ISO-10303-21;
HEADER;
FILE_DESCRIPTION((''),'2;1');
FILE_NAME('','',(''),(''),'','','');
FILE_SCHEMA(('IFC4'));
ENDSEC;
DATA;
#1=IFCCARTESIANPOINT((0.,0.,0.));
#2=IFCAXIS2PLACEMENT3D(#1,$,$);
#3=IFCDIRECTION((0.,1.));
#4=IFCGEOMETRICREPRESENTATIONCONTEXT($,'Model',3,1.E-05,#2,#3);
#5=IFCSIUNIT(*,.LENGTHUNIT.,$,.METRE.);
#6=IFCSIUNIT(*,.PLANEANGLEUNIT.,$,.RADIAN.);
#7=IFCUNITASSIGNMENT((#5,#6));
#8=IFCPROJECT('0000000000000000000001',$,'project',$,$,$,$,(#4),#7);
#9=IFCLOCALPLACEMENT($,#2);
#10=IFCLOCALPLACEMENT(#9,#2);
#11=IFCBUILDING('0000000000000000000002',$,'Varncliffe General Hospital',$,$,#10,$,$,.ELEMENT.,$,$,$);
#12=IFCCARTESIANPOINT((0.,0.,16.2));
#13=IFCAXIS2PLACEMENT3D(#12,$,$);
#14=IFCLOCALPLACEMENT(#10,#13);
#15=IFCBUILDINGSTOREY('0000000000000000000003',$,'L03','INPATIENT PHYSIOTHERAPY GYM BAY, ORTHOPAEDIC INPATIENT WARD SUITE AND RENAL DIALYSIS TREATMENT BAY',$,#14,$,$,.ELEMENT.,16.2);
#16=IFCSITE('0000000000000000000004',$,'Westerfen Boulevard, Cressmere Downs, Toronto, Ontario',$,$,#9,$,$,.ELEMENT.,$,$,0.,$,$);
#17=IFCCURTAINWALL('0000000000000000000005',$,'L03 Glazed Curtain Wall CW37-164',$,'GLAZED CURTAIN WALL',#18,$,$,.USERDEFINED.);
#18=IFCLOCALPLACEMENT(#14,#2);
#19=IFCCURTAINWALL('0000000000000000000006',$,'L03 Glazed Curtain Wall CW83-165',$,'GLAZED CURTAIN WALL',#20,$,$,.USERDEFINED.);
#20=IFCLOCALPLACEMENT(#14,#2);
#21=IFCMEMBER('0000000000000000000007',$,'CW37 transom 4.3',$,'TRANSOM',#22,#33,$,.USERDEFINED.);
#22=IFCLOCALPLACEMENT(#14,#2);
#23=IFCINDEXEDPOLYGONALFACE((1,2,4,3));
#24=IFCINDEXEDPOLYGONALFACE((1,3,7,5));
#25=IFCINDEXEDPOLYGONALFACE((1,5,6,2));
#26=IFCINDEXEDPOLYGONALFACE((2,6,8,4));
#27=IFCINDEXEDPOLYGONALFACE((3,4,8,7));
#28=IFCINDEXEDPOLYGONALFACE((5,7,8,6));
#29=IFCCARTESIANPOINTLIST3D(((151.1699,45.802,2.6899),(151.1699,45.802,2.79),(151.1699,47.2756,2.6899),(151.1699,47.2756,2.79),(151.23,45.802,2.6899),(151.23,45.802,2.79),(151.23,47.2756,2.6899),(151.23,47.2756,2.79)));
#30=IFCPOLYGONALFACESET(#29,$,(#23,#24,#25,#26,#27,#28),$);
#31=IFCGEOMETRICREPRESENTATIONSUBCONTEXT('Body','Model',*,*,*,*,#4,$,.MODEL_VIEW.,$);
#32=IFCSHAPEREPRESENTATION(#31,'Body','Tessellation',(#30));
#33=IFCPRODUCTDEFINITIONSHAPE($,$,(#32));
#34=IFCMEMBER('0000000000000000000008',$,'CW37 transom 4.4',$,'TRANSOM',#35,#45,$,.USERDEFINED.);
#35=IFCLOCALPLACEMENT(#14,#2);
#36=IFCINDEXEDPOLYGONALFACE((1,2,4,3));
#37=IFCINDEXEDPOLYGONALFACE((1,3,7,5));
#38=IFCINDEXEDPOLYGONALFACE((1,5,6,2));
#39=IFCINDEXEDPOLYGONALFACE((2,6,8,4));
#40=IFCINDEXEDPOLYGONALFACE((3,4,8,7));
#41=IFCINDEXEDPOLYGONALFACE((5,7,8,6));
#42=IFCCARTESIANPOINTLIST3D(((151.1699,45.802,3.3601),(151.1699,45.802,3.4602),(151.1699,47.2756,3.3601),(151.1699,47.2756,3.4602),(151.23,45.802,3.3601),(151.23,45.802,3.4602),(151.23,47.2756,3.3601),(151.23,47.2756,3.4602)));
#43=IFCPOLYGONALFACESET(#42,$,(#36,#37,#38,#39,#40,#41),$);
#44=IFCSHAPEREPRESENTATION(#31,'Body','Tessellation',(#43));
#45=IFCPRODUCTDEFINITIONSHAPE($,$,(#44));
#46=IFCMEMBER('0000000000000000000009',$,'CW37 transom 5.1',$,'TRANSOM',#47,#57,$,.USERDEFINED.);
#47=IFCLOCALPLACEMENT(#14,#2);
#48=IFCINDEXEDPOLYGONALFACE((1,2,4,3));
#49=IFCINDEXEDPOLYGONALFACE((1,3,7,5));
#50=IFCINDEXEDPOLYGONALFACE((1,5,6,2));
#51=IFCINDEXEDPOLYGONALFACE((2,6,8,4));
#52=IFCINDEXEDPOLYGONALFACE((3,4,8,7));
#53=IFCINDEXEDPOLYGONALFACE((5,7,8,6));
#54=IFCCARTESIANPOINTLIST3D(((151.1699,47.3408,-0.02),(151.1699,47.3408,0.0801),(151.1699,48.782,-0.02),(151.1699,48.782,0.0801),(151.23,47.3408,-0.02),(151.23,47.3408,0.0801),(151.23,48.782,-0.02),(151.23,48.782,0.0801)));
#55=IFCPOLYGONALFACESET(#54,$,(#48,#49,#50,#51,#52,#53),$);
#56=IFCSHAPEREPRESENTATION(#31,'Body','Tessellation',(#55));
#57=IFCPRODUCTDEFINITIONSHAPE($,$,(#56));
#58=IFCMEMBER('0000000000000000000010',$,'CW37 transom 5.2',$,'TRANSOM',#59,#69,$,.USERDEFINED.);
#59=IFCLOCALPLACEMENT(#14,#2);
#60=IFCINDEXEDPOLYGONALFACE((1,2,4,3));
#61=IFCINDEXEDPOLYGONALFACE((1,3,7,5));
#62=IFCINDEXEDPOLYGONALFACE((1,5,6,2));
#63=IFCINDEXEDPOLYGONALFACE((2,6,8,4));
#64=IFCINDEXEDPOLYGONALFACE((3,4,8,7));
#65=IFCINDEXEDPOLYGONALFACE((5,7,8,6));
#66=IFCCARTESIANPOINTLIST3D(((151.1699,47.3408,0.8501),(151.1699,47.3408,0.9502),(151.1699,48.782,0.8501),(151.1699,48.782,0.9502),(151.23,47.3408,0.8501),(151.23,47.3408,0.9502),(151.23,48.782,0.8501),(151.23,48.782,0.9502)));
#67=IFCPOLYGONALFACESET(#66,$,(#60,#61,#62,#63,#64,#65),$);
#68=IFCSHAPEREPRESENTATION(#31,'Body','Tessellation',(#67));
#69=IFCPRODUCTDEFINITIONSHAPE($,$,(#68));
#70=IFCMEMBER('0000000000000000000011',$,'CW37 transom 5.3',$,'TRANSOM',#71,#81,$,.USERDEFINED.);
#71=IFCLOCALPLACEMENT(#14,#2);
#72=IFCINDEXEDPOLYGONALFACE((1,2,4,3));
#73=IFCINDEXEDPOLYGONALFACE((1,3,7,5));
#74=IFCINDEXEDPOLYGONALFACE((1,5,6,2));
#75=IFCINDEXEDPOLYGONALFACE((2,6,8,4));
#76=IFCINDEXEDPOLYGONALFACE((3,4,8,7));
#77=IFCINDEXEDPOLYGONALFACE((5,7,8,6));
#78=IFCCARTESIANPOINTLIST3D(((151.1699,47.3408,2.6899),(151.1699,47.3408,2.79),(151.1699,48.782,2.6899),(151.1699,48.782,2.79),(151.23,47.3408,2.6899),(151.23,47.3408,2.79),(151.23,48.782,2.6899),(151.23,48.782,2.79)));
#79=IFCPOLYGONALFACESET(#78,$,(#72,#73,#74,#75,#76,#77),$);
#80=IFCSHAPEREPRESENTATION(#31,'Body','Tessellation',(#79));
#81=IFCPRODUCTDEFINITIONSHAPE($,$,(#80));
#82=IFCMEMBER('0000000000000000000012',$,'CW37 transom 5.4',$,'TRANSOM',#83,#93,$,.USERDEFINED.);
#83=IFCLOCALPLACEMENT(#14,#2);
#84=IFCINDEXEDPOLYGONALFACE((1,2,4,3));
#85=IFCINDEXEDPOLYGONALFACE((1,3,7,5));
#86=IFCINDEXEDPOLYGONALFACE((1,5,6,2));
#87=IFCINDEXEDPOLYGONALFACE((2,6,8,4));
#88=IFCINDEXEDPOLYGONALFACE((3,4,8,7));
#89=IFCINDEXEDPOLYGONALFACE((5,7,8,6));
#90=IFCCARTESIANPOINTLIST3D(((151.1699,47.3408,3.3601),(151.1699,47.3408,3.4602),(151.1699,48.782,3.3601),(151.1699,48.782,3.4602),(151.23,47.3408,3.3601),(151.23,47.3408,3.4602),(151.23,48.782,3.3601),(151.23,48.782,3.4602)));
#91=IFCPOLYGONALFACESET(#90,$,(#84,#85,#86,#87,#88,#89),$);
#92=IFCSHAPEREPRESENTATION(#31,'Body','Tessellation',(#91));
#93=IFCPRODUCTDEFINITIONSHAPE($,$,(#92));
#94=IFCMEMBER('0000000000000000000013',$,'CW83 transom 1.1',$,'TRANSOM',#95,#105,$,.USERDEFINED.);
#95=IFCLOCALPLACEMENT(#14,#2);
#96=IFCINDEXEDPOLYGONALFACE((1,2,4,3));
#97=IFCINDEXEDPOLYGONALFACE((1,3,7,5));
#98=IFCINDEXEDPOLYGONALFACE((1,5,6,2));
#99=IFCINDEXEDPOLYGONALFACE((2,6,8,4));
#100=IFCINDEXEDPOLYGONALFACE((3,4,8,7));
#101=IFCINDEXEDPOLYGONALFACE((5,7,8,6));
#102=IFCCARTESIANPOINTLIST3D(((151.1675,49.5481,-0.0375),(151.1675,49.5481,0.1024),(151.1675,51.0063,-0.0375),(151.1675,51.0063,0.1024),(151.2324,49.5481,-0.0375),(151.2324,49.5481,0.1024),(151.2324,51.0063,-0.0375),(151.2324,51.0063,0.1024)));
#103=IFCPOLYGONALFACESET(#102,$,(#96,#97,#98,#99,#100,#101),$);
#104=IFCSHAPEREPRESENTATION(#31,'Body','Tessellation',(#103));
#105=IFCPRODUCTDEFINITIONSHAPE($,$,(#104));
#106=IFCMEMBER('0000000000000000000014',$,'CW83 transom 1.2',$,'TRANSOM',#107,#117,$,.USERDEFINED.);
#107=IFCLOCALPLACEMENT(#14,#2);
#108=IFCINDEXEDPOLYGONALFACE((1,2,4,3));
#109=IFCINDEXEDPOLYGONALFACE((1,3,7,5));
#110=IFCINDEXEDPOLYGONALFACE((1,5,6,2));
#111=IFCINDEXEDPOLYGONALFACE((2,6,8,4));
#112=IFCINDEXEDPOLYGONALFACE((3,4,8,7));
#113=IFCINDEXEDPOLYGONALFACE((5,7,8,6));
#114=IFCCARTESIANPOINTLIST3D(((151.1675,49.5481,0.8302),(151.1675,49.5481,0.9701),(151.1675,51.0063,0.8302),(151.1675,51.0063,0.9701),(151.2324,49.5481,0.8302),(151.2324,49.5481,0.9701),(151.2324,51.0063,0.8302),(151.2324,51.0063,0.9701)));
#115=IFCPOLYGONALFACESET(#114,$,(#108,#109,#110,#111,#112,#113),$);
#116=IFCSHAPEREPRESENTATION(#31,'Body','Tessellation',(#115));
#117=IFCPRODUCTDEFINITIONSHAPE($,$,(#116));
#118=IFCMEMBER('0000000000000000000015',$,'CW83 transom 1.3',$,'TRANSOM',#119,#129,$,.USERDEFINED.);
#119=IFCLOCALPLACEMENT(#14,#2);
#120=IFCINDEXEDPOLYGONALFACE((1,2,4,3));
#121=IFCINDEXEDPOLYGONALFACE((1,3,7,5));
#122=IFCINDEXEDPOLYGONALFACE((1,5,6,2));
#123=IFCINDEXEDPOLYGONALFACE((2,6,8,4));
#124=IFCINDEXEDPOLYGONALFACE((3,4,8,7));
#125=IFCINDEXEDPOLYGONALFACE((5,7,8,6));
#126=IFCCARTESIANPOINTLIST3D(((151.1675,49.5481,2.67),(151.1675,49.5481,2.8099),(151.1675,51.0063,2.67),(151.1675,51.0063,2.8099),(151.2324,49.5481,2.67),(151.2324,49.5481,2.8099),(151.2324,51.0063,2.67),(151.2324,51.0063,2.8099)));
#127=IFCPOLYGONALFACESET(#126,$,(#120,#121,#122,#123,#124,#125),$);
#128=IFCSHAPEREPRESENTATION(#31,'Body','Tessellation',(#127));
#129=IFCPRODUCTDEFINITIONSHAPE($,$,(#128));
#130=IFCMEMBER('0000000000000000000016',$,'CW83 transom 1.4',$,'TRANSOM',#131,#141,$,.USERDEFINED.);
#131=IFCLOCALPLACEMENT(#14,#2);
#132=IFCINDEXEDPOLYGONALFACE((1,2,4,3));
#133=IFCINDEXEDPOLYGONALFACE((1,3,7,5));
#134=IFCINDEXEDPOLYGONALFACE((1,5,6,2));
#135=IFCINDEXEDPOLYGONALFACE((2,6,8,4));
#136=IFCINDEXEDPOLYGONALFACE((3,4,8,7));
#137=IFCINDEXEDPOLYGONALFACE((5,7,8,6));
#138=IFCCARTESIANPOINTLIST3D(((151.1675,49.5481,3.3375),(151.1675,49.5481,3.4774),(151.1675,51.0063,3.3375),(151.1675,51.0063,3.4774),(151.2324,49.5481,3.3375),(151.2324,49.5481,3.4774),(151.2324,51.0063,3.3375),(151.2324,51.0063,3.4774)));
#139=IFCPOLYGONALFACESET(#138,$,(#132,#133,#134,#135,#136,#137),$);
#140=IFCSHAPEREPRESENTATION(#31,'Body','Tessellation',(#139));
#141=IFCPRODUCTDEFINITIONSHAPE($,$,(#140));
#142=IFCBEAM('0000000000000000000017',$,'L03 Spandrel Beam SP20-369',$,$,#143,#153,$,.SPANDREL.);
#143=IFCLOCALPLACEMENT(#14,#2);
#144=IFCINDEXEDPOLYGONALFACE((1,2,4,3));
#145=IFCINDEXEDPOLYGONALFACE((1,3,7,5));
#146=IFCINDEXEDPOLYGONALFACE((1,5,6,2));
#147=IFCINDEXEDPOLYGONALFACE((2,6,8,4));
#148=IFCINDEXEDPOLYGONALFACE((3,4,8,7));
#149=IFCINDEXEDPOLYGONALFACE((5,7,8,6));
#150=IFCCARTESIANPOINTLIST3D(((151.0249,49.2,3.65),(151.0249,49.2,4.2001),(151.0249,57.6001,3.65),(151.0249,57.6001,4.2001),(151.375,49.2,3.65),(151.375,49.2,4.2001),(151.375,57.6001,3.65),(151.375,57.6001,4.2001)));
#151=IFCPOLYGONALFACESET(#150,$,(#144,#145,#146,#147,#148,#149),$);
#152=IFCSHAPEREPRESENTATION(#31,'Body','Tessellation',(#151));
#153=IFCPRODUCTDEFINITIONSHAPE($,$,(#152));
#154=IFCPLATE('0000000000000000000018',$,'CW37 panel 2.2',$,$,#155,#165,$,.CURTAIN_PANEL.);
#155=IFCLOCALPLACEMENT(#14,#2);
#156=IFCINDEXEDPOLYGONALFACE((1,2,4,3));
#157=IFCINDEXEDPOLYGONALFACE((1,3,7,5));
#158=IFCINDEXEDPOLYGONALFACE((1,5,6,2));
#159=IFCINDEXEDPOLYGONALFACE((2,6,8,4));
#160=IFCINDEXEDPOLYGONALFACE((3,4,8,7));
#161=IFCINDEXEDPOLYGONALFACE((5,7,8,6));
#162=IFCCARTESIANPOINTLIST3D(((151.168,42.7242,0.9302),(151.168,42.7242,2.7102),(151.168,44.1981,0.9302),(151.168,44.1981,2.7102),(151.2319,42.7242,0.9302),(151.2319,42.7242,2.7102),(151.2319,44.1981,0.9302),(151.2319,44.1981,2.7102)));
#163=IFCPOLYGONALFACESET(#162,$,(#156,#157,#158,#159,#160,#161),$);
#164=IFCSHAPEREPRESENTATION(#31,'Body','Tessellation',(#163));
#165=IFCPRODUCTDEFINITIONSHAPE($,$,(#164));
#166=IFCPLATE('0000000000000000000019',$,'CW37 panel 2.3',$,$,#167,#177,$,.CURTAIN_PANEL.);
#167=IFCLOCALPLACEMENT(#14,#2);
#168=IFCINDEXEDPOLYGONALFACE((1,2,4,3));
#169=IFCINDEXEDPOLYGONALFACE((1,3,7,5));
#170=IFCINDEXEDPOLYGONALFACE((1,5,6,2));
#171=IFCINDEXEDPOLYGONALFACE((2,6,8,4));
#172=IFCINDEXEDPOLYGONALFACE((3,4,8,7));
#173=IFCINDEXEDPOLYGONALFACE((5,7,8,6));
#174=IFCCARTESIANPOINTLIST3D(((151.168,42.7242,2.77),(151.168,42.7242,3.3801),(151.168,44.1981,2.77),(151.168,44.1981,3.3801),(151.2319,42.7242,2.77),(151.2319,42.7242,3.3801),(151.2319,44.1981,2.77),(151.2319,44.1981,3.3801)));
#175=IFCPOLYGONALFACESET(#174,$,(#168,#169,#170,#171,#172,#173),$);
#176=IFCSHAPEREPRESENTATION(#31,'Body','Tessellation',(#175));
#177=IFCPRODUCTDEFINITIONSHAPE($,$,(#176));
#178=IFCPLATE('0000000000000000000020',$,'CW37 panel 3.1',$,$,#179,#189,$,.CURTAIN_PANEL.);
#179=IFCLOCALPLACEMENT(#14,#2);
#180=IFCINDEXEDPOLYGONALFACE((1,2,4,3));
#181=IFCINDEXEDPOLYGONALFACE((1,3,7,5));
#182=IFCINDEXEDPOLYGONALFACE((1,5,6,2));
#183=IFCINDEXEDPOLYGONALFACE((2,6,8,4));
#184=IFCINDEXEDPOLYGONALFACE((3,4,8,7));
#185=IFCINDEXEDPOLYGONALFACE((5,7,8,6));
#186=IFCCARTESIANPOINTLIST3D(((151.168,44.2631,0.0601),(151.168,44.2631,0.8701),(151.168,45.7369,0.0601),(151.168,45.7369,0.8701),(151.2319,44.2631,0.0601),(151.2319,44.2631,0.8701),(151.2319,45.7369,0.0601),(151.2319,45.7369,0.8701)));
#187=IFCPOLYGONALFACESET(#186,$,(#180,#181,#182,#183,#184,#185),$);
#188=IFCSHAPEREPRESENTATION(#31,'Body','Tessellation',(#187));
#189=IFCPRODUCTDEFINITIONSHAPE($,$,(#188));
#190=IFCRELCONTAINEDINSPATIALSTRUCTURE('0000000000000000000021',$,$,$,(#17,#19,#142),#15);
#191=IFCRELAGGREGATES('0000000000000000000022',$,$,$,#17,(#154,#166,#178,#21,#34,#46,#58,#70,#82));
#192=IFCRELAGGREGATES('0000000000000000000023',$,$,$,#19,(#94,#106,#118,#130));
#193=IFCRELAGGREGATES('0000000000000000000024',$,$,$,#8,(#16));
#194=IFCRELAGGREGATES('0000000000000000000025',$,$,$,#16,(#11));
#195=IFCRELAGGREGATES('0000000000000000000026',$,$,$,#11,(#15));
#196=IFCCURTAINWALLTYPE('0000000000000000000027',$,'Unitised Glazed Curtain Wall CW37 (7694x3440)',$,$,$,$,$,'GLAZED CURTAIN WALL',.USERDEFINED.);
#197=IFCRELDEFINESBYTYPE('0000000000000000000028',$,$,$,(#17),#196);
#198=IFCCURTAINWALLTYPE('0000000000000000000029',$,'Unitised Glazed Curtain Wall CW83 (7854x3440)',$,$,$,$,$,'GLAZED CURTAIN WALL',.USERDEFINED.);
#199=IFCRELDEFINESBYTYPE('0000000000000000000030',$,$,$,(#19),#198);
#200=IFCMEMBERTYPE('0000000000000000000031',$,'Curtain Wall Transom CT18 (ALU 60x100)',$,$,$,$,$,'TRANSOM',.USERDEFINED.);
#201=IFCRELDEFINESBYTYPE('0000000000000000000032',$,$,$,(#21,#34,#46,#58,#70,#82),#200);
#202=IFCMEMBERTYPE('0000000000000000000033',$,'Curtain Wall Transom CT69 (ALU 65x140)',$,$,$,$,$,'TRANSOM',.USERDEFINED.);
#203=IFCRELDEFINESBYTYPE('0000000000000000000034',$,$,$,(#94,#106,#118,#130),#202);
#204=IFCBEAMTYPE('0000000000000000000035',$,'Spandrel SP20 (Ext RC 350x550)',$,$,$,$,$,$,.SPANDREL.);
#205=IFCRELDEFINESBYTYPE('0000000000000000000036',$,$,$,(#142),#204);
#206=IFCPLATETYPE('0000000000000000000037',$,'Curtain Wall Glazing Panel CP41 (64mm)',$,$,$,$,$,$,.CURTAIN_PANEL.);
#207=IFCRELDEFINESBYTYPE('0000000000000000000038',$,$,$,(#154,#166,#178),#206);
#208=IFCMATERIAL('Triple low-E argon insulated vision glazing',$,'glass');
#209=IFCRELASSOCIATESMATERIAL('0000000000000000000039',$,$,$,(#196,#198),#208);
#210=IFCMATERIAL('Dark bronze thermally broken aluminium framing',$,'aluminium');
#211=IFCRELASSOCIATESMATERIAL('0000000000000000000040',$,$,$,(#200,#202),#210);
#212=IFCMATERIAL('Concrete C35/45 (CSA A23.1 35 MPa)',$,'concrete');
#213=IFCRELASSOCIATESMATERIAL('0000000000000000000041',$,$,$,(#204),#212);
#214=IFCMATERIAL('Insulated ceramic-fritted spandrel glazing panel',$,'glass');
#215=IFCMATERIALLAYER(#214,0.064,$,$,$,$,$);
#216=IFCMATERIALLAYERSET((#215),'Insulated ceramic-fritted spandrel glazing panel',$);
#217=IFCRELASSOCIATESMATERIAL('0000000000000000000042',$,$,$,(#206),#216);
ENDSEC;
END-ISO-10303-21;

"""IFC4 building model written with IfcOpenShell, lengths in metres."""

from ifc_helpers import new_model, si_unit, direction, frame, origin, origin_2d, place, context, subcontext, project, spatial, rectangle, extrude, material, layer, layer_set, material_profile, profile_set, type_object, element, aggregate, save


model = new_model("IFC4")

# Units and contexts
model_context = context("Model", 3, precision=1e-05, world=origin(), true_north=direction((0.0, 1.0)))
body_context = subcontext(model_context, "Body", "Model", "MODEL_VIEW")
ifc_project = project(units=[si_unit("LENGTHUNIT", "METRE"), si_unit("PLANEANGLEUNIT", "RADIAN")], contexts=[model_context])

# Site, building, storey
site_placement = place(None, origin())
site = spatial("IfcSite", under=ifc_project, at=site_placement, Name="Westerfen Boulevard, Cressmere Downs, Toronto, Ontario", CompositionType="ELEMENT", RefElevation=0.0)
building_placement = place(site_placement, origin())
building = spatial("IfcBuilding", under=site, at=building_placement, Name="Varncliffe General Hospital", CompositionType="ELEMENT")
storey_placement = place(building_placement, frame((0.0, 0.0, 16.2)))
storey = spatial("IfcBuildingStorey", under=building, at=storey_placement, Name="L03", Description="INPATIENT PHYSIOTHERAPY GYM BAY, ORTHOPAEDIC INPATIENT WARD SUITE AND RENAL DIALYSIS TREATMENT BAY", CompositionType="ELEMENT", Elevation=16.2)

# Shared definitions
ifc_material_1 = material(Name="Concrete C35/45 (CSA A23.1 35 MPa)", Category="concrete")

# Curtain walls
ifc_material_2 = material(Name="Triple low-E argon insulated vision glazing", Category="glass")
curtain_wall_type_1 = type_object("IfcCurtainWallType", Name="Unitised Glazed Curtain Wall CW37 (7694x3440)", ElementType="GLAZED CURTAIN WALL", PredefinedType="USERDEFINED", material=ifc_material_2)
curtain_wall_1_placement = place(storey_placement, origin())
curtain_wall_1 = element("IfcCurtainWall", 1, at=curtain_wall_1_placement, inside=storey, type_object=curtain_wall_type_1, Name="L03 Glazed Curtain Wall CW37-164", ObjectType="GLAZED CURTAIN WALL", PredefinedType="USERDEFINED")
ifc_material_3 = material(Name="Dark bronze thermally broken aluminium framing", Category="aluminium")
curtain_wall_type_2 = type_object("IfcCurtainWallType", Name="Unitised Glazed Curtain Wall CW83 (7854x3440)", ElementType="GLAZED CURTAIN WALL", PredefinedType="USERDEFINED", material=ifc_material_2)
curtain_wall_2_placement = place(storey_placement, origin())
curtain_wall_2 = element("IfcCurtainWall", 2, at=curtain_wall_2_placement, inside=storey, type_object=curtain_wall_type_2, Name="L03 Glazed Curtain Wall CW83-165", ObjectType="GLAZED CURTAIN WALL", PredefinedType="USERDEFINED")

# Members
ifc_material_profile_1 = material_profile(ifc_material_3, rectangle(XDim=0.0601, YDim=0.1001, at=origin_2d()), Name="ALU 60x100")
ifc_profile_set_1 = profile_set([ifc_material_profile_1], Name="Dark bronze thermally broken aluminium framing")
member_type_1 = type_object("IfcMemberType", Name="Curtain Wall Transom CT18 (ALU 60x100)", ElementType="TRANSOM", PredefinedType="USERDEFINED", material=ifc_profile_set_1)
member_1_placement = place(storey_placement, frame((151.2, 45.802, 2.74), z_axis=(0.0, 1.0, 0.0), x_axis=(-1.0, 0.0, 0.0)))
member_1 = element("IfcMember", 3, at=member_1_placement, type_object=member_type_1, Name="CW37 transom 4.3", ObjectType="TRANSOM", PredefinedType="USERDEFINED", context=body_context, shape_type="SweptSolid", body=[
    extrude(rectangle(XDim=0.0601, YDim=0.1001, at=origin_2d()), origin(), (0.0, 0.0, 1.0), 1.4736),
])
member_2_placement = place(storey_placement, frame((151.2, 45.802, 3.4102), z_axis=(0.0, 1.0, 0.0), x_axis=(-1.0, 0.0, 0.0)))
member_2 = element("IfcMember", 4, at=member_2_placement, type_object=member_type_1, Name="CW37 transom 4.4", ObjectType="TRANSOM", PredefinedType="USERDEFINED", context=body_context, shape_type="SweptSolid", body=[
    extrude(rectangle(XDim=0.0601, YDim=0.1001, at=origin_2d()), origin(), (0.0, 0.0, 1.0), 1.4736),
])
member_3_placement = place(storey_placement, frame((151.2, 47.3408, 0.03), z_axis=(0.0, 1.0, 0.0), x_axis=(-1.0, 0.0, 0.0)))
member_3 = element("IfcMember", 5, at=member_3_placement, type_object=member_type_1, Name="CW37 transom 5.1", ObjectType="TRANSOM", PredefinedType="USERDEFINED", context=body_context, shape_type="SweptSolid", body=[
    extrude(rectangle(XDim=0.0601, YDim=0.1001, at=origin_2d()), origin(), (0.0, 0.0, 1.0), 1.4412),
])
member_4_placement = place(storey_placement, frame((151.2, 47.3408, 0.9001), z_axis=(0.0, 1.0, 0.0), x_axis=(-1.0, 0.0, 0.0)))
member_4 = element("IfcMember", 6, at=member_4_placement, type_object=member_type_1, Name="CW37 transom 5.2", ObjectType="TRANSOM", PredefinedType="USERDEFINED", context=body_context, shape_type="SweptSolid", body=[
    extrude(rectangle(XDim=0.0601, YDim=0.1001, at=origin_2d()), origin(), (0.0, 0.0, 1.0), 1.4412),
])
member_5_placement = place(storey_placement, frame((151.2, 47.3408, 2.74), z_axis=(0.0, 1.0, 0.0), x_axis=(-1.0, 0.0, 0.0)))
member_5 = element("IfcMember", 7, at=member_5_placement, type_object=member_type_1, Name="CW37 transom 5.3", ObjectType="TRANSOM", PredefinedType="USERDEFINED", context=body_context, shape_type="SweptSolid", body=[
    extrude(rectangle(XDim=0.0601, YDim=0.1001, at=origin_2d()), origin(), (0.0, 0.0, 1.0), 1.4412),
])
member_6_placement = place(storey_placement, frame((151.2, 47.3408, 3.4102), z_axis=(0.0, 1.0, 0.0), x_axis=(-1.0, 0.0, 0.0)))
member_6 = element("IfcMember", 8, at=member_6_placement, type_object=member_type_1, Name="CW37 transom 5.4", ObjectType="TRANSOM", PredefinedType="USERDEFINED", context=body_context, shape_type="SweptSolid", body=[
    extrude(rectangle(XDim=0.0601, YDim=0.1001, at=origin_2d()), origin(), (0.0, 0.0, 1.0), 1.4412),
])
ifc_material_profile_2 = material_profile(ifc_material_3, rectangle(XDim=0.0649, YDim=0.1399, at=origin_2d()), Name="ALU 65x140")
ifc_profile_set_2 = profile_set([ifc_material_profile_2], Name="Dark bronze thermally broken aluminium framing")
member_type_2 = type_object("IfcMemberType", Name="Curtain Wall Transom CT69 (ALU 65x140)", ElementType="TRANSOM", PredefinedType="USERDEFINED", material=ifc_profile_set_2)
member_7_placement = place(storey_placement, frame((151.2, 49.5481, 0.0325), z_axis=(0.0, 1.0, 0.0), x_axis=(-1.0, 0.0, 0.0)))
member_7 = element("IfcMember", 9, at=member_7_placement, type_object=member_type_2, Name="CW83 transom 1.1", ObjectType="TRANSOM", PredefinedType="USERDEFINED", context=body_context, shape_type="SweptSolid", body=[
    extrude(rectangle(XDim=0.0649, YDim=0.1399, at=origin_2d()), origin(), (0.0, 0.0, 1.0), 1.4583),
])
member_8_placement = place(storey_placement, frame((151.2, 49.5481, 0.9001), z_axis=(0.0, 1.0, 0.0), x_axis=(-1.0, 0.0, 0.0)))
member_8 = element("IfcMember", 10, at=member_8_placement, type_object=member_type_2, Name="CW83 transom 1.2", ObjectType="TRANSOM", PredefinedType="USERDEFINED", context=body_context, shape_type="SweptSolid", body=[
    extrude(rectangle(XDim=0.0649, YDim=0.1399, at=origin_2d()), origin(), (0.0, 0.0, 1.0), 1.4583),
])
member_9_placement = place(storey_placement, frame((151.2, 49.5481, 2.74), z_axis=(0.0, 1.0, 0.0), x_axis=(-1.0, 0.0, 0.0)))
member_9 = element("IfcMember", 11, at=member_9_placement, type_object=member_type_2, Name="CW83 transom 1.3", ObjectType="TRANSOM", PredefinedType="USERDEFINED", context=body_context, shape_type="SweptSolid", body=[
    extrude(rectangle(XDim=0.0649, YDim=0.1399, at=origin_2d()), origin(), (0.0, 0.0, 1.0), 1.4583),
])
member_10_placement = place(storey_placement, frame((151.2, 49.5481, 3.4075), z_axis=(0.0, 1.0, 0.0), x_axis=(-1.0, 0.0, 0.0)))
member_10 = element("IfcMember", 12, at=member_10_placement, type_object=member_type_2, Name="CW83 transom 1.4", ObjectType="TRANSOM", PredefinedType="USERDEFINED", context=body_context, shape_type="SweptSolid", body=[
    extrude(rectangle(XDim=0.0649, YDim=0.1399, at=origin_2d()), origin(), (0.0, 0.0, 1.0), 1.4583),
])

# Beam
ifc_material_profile_3 = material_profile(ifc_material_1, rectangle(XDim=0.3501, YDim=0.55, at=origin_2d()), Name="RC 350x550")
ifc_profile_set_3 = profile_set([ifc_material_profile_3], Name="Concrete C35/45 (CSA A23.1 35 MPa)")
beam_type_1 = type_object("IfcBeamType", Name="Spandrel SP20 (Ext RC 350x550)", PredefinedType="SPANDREL", material=ifc_profile_set_3)
beam_1_placement = place(storey_placement, frame((151.2, 49.2, 3.925), z_axis=(0.0, 1.0, 0.0), x_axis=(-1.0, 0.0, 0.0)))
element("IfcBeam", 13, at=beam_1_placement, inside=storey, type_object=beam_type_1, Name="L03 Spandrel Beam SP20-369", PredefinedType="SPANDREL", context=body_context, shape_type="SweptSolid", body=[
    extrude(rectangle(XDim=0.3501, YDim=0.55, at=origin_2d()), origin(), (0.0, 0.0, 1.0), 8.4001),
])

# Plates
ifc_material_4 = material(Name="Insulated ceramic-fritted spandrel glazing panel", Category="glass")
ifc_layer_1 = layer(ifc_material_4, 0.064)
ifc_layer_set_1 = layer_set([ifc_layer_1], Name="Insulated ceramic-fritted spandrel glazing panel")
plate_type_1 = type_object("IfcPlateType", Name="Curtain Wall Glazing Panel CP41 (64mm)", PredefinedType="CURTAIN_PANEL", material=ifc_layer_set_1)
plate_1_placement = place(storey_placement, frame((151.2, 43.4612, 0.9302), z_axis=(0.0, 0.0, 1.0), x_axis=(0.0, 1.0, 0.0)))
plate_1 = element("IfcPlate", 14, at=plate_1_placement, type_object=plate_type_1, Name="CW37 panel 2.2", PredefinedType="CURTAIN_PANEL", context=body_context, shape_type="SweptSolid", body=[
    extrude(rectangle(XDim=1.4739, YDim=0.064, at=origin_2d()), origin(), (0.0, 0.0, 1.0), 1.78),
])
plate_2_placement = place(storey_placement, frame((151.2, 43.4612, 2.77), z_axis=(0.0, 0.0, 1.0), x_axis=(0.0, 1.0, 0.0)))
plate_2 = element("IfcPlate", 15, at=plate_2_placement, type_object=plate_type_1, Name="CW37 panel 2.3", PredefinedType="CURTAIN_PANEL", context=body_context, shape_type="SweptSolid", body=[
    extrude(rectangle(XDim=1.4739, YDim=0.064, at=origin_2d()), origin(), (0.0, 0.0, 1.0), 0.6101),
])
plate_3_placement = place(storey_placement, frame((151.2, 45.0, 0.0601), z_axis=(0.0, 0.0, 1.0), x_axis=(0.0, 1.0, 0.0)))
plate_3 = element("IfcPlate", 16, at=plate_3_placement, type_object=plate_type_1, Name="CW37 panel 3.1", PredefinedType="CURTAIN_PANEL", context=body_context, shape_type="SweptSolid", body=[
    extrude(rectangle(XDim=1.4739, YDim=0.064, at=origin_2d()), origin(), (0.0, 0.0, 1.0), 0.8101),
])
aggregate(curtain_wall_1, [plate_1, plate_2, plate_3, member_1, member_2, member_3, member_4, member_5, member_6])
aggregate(curtain_wall_2, [member_7, member_8, member_9, member_10])

save(model, "model.ifc")
